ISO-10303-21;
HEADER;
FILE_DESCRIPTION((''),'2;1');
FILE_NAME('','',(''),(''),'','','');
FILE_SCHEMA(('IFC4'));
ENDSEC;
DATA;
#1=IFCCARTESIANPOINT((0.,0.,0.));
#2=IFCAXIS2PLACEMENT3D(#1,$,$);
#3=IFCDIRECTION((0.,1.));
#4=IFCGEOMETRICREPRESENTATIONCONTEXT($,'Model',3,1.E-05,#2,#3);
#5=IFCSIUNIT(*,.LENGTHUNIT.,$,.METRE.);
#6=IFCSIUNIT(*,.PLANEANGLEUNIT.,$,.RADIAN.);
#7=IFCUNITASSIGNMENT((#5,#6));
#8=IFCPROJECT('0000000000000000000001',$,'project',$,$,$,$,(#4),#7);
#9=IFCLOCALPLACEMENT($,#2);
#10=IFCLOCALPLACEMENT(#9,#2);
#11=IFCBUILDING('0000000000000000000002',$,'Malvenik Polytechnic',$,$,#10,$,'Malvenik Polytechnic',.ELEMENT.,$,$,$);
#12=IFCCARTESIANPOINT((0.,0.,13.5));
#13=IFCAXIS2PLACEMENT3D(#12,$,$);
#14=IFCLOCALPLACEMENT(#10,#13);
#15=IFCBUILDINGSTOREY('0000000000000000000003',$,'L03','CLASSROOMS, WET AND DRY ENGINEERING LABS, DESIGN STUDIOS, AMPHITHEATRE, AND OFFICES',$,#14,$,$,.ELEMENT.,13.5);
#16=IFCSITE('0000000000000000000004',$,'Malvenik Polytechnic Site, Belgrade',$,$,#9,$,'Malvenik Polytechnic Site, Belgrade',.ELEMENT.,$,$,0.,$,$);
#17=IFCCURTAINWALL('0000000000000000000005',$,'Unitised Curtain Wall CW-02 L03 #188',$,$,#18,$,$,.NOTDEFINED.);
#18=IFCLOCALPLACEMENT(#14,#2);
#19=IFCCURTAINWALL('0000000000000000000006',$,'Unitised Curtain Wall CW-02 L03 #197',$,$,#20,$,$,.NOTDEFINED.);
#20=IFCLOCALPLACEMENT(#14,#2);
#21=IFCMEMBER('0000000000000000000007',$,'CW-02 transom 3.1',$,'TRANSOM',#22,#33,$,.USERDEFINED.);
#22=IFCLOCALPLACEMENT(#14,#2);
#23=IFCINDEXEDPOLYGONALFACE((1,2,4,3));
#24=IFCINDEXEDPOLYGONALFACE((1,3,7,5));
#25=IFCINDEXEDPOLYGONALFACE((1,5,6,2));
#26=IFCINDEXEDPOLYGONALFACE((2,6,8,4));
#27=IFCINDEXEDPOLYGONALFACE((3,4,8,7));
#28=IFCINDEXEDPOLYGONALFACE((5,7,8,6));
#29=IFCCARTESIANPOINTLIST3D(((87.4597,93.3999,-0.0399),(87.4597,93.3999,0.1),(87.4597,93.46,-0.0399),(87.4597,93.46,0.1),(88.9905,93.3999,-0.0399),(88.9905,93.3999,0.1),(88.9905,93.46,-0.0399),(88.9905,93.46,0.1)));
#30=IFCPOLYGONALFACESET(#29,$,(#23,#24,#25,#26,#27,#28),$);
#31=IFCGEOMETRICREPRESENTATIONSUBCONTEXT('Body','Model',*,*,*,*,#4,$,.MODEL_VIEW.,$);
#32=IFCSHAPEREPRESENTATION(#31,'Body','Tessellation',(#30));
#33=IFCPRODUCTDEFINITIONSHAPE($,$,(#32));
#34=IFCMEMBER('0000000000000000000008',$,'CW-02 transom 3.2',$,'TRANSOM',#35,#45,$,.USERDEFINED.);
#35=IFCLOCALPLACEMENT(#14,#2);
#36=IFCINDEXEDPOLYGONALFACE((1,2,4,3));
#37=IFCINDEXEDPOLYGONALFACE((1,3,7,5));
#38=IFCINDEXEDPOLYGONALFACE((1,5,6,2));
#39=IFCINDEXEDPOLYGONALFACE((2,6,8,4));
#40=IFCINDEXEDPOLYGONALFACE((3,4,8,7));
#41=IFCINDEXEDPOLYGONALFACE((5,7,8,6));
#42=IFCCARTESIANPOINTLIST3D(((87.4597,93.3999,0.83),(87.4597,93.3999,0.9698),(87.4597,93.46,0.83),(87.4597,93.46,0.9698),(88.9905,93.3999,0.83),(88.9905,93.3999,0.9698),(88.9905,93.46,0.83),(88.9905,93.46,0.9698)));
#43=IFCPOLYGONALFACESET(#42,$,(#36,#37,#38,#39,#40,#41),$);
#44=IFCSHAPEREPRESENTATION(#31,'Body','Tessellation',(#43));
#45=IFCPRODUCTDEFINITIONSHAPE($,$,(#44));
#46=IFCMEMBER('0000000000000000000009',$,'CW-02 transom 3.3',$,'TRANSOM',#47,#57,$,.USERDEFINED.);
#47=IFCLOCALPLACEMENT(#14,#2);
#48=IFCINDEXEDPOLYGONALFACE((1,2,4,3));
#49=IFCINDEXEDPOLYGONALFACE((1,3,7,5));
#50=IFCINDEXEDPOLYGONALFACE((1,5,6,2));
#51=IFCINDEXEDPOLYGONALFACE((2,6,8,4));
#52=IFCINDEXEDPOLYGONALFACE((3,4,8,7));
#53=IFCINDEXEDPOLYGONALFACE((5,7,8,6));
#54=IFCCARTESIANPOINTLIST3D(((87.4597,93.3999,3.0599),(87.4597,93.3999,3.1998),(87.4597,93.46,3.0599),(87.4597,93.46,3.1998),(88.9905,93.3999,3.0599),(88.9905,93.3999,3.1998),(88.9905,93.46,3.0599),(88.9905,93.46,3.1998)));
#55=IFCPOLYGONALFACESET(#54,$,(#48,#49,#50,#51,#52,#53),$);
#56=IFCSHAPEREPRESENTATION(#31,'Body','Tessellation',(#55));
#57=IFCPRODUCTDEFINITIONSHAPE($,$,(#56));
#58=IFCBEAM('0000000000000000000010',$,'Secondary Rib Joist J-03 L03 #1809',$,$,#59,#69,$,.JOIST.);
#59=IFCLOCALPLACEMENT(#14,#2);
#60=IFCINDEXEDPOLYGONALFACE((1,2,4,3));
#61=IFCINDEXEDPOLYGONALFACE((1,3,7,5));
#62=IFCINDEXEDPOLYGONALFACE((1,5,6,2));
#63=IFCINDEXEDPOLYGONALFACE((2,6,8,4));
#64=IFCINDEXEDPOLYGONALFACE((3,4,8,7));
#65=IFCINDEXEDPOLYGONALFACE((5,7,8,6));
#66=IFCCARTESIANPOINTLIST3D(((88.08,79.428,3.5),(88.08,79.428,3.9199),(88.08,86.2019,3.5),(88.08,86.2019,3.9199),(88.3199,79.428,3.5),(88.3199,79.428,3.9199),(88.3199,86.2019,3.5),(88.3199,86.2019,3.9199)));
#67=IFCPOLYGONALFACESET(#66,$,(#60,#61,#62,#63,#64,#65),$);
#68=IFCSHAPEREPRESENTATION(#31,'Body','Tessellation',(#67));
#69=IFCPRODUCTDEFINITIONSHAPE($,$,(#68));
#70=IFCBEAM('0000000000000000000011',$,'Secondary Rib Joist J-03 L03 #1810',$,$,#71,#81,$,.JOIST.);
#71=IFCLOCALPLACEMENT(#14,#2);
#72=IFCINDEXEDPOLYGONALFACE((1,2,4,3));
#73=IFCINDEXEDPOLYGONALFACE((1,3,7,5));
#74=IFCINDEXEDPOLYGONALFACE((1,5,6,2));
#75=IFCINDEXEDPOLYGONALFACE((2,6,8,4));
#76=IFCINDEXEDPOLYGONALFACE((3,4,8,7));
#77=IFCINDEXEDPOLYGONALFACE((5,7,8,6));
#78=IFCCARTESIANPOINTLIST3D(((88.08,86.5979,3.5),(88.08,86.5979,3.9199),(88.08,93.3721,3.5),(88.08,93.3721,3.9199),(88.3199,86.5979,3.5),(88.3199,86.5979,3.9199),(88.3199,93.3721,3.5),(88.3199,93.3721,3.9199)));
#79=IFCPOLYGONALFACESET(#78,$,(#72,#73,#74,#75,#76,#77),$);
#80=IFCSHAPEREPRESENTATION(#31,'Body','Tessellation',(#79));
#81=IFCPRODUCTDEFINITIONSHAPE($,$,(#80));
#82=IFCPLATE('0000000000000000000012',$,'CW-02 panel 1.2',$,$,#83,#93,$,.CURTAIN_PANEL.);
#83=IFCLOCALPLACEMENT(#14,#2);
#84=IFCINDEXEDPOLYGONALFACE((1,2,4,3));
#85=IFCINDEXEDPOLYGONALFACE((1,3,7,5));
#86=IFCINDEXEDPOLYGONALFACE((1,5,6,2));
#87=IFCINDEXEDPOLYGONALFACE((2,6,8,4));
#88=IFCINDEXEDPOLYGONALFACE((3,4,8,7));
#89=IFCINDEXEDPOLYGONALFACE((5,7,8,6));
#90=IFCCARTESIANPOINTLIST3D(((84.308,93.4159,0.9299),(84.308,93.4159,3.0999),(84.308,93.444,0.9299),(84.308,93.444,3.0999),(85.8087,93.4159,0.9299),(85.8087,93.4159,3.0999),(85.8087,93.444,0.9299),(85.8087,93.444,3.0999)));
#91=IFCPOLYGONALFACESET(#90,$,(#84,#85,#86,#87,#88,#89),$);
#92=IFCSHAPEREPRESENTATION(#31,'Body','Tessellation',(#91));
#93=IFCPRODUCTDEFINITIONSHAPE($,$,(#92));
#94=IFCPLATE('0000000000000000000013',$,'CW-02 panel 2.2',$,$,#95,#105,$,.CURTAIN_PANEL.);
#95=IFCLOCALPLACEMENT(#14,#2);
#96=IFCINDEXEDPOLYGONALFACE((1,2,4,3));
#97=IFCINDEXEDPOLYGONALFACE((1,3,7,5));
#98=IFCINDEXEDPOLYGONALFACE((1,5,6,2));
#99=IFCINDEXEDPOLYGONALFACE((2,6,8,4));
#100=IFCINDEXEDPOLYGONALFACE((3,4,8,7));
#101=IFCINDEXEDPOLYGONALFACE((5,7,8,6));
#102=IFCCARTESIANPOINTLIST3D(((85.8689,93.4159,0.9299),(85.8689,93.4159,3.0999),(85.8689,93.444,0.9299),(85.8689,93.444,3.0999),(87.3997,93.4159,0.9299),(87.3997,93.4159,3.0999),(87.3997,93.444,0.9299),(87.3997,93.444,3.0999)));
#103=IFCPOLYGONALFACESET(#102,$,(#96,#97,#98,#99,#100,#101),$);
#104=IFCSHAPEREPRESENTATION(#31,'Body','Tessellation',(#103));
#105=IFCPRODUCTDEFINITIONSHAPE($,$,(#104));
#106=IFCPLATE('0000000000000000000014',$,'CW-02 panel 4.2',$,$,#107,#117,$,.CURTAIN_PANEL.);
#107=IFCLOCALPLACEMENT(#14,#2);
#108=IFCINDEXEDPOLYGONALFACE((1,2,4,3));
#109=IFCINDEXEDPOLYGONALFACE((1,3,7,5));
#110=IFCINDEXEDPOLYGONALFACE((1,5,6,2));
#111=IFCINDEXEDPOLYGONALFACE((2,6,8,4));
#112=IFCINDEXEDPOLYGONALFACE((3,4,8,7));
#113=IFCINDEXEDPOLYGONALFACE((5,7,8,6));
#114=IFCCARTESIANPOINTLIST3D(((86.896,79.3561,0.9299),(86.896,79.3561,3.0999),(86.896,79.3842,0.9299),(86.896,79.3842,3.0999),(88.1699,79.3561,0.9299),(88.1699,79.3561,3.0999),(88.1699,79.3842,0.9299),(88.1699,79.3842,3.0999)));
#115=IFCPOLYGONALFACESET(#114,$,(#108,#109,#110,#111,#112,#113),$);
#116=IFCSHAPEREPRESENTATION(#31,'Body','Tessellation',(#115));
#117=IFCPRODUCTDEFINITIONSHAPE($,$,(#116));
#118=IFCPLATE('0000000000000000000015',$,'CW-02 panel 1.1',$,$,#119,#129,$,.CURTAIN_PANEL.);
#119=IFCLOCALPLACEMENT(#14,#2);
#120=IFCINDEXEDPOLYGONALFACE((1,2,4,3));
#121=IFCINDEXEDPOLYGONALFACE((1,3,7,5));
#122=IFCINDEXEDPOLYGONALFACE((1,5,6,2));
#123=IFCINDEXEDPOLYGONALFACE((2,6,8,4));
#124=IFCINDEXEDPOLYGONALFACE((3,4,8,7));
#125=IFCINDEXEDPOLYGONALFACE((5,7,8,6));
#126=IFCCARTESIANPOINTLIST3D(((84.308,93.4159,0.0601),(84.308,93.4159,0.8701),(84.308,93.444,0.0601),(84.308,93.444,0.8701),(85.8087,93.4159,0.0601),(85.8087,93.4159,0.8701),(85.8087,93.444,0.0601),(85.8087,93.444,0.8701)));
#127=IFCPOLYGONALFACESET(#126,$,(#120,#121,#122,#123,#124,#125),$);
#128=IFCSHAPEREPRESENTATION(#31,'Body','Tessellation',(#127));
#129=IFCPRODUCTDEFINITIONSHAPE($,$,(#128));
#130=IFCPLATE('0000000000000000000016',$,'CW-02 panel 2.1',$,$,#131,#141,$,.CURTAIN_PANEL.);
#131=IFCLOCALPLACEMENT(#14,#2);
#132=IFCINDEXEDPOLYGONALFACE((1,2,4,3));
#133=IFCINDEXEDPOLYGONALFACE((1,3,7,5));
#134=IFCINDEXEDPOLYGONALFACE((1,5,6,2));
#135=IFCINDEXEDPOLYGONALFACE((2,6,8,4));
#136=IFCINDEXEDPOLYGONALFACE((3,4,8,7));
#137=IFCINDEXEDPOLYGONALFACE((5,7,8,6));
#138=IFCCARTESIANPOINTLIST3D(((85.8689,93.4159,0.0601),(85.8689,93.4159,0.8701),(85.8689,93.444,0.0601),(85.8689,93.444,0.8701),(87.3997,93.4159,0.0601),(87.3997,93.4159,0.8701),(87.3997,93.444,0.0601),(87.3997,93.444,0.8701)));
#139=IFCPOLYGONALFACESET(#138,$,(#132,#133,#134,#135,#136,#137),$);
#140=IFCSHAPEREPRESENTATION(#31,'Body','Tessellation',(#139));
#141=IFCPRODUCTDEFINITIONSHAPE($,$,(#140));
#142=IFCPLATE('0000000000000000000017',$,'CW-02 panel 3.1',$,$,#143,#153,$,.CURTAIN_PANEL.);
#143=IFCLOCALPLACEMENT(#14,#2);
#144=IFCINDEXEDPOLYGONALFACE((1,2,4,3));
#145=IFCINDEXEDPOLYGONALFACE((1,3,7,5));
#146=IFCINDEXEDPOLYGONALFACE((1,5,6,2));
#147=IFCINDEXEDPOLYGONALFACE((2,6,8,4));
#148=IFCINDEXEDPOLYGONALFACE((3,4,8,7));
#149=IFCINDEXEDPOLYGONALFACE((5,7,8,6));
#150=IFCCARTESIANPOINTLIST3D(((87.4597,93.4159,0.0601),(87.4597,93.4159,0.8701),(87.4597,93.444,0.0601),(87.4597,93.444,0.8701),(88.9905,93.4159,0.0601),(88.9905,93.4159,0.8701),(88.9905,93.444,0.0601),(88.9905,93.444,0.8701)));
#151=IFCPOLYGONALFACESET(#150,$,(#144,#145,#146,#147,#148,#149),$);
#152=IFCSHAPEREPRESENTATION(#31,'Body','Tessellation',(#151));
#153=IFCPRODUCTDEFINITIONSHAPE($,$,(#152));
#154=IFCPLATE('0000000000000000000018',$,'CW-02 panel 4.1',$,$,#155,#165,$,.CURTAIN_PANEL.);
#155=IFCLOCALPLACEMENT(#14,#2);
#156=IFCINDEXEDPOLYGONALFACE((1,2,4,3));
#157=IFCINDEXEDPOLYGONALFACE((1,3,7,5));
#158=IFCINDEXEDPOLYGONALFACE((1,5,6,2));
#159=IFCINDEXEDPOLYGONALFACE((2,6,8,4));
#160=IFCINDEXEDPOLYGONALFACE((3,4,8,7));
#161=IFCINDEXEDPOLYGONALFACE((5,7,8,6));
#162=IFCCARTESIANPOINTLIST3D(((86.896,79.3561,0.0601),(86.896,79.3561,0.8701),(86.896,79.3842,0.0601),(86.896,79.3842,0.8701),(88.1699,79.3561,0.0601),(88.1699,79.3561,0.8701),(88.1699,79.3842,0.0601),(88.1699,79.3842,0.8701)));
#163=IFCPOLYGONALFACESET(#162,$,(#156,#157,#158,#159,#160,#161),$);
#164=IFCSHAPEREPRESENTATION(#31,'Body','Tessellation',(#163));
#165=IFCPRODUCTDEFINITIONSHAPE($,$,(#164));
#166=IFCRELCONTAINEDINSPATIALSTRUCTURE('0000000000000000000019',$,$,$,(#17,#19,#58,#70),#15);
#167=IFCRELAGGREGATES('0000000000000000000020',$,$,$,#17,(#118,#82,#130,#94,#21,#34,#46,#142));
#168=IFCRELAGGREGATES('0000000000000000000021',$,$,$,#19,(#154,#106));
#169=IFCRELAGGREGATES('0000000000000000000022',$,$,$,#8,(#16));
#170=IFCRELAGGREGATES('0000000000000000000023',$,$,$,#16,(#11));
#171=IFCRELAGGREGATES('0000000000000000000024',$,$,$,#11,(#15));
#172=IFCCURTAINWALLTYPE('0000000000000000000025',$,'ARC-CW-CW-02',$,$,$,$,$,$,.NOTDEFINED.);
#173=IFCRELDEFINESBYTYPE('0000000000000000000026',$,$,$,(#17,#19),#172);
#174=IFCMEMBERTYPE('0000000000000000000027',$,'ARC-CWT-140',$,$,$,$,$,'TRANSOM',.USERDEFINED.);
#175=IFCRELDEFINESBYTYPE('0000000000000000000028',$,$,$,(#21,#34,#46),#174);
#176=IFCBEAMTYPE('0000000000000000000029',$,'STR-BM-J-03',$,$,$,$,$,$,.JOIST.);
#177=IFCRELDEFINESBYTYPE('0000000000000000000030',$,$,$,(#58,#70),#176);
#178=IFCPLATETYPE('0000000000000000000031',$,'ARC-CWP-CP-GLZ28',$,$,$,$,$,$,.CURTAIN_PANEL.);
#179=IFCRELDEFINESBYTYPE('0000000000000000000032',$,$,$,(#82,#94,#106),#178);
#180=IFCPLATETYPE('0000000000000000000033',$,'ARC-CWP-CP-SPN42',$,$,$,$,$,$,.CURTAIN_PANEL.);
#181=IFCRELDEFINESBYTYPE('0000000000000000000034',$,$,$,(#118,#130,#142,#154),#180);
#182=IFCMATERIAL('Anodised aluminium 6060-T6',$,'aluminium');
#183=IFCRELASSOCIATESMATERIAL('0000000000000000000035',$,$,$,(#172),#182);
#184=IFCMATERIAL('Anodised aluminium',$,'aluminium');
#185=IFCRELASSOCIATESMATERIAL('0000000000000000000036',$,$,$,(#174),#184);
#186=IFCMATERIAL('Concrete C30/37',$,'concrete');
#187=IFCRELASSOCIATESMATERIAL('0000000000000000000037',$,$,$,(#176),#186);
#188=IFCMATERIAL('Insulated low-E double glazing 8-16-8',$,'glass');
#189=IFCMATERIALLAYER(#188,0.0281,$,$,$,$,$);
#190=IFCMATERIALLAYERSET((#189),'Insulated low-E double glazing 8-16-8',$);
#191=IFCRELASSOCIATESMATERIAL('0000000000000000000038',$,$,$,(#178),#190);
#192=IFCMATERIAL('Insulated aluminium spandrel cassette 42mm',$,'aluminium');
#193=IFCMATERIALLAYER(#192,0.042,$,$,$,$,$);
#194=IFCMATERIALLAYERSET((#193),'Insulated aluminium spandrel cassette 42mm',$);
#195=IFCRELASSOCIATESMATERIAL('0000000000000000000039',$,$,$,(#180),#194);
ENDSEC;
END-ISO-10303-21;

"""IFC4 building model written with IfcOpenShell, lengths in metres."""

from ifc_helpers import new_model, si_unit, direction, frame, origin, origin_2d, place, context, subcontext, project, spatial, rectangle, extrude, material, layer, layer_set, material_profile, profile_set, type_object, element, aggregate, save


model = new_model("IFC4")

# Units and contexts
model_context = context("Model", 3, precision=1e-05, world=origin(), true_north=direction((0.0, 1.0)))
body_context = subcontext(model_context, "Body", "Model", "MODEL_VIEW")
ifc_project = project(units=[si_unit("LENGTHUNIT", "METRE"), si_unit("PLANEANGLEUNIT", "RADIAN")], contexts=[model_context])

# Site, building, storey
site_placement = place(None, origin())
site = spatial("IfcSite", under=ifc_project, at=site_placement, Name="Malvenik Polytechnic Site, Belgrade", LongName="Malvenik Polytechnic Site, Belgrade", CompositionType="ELEMENT", RefElevation=0.0)
building_placement = place(site_placement, origin())
building = spatial("IfcBuilding", under=site, at=building_placement, Name="Malvenik Polytechnic", LongName="Malvenik Polytechnic", CompositionType="ELEMENT")
storey_placement = place(building_placement, frame((0.0, 0.0, 13.5)))
storey = spatial("IfcBuildingStorey", under=building, at=storey_placement, Name="L03", Description="CLASSROOMS, WET AND DRY ENGINEERING LABS, DESIGN STUDIOS, AMPHITHEATRE, AND OFFICES", CompositionType="ELEMENT", Elevation=13.5)

# Curtain walls
ifc_material_1 = material(Name="Anodised aluminium 6060-T6", Category="aluminium")
curtain_wall_type = type_object("IfcCurtainWallType", Name="ARC-CW-CW-02", PredefinedType="NOTDEFINED", material=ifc_material_1)
curtain_wall_1_placement = place(storey_placement, origin())
curtain_wall_1 = element("IfcCurtainWall", 1, at=curtain_wall_1_placement, inside=storey, type_object=curtain_wall_type, Name="Unitised Curtain Wall CW-02 L03 #188", PredefinedType="NOTDEFINED")
ifc_material_2 = material(Name="Anodised aluminium", Category="aluminium")
curtain_wall_2_placement = place(storey_placement, origin())
curtain_wall_2 = element("IfcCurtainWall", 2, at=curtain_wall_2_placement, inside=storey, type_object=curtain_wall_type, Name="Unitised Curtain Wall CW-02 L03 #197", PredefinedType="NOTDEFINED")

# Members
ifc_material_profile_1 = material_profile(ifc_material_2, rectangle(XDim=0.0601, YDim=0.1399, at=origin_2d()), Name="ALU TRANSOM 60x140")
ifc_profile_set_1 = profile_set([ifc_material_profile_1], Name="Anodised aluminium")
member_type_1 = type_object("IfcMemberType", Name="ARC-CWT-140", ElementType="TRANSOM", PredefinedType="USERDEFINED", material=ifc_profile_set_1)
member_1_placement = place(storey_placement, frame((87.4597, 93.4299, 0.03), z_axis=(1.0, 0.0, 0.0), x_axis=(0.0, 1.0, 0.0)))
member_1 = element("IfcMember", 3, at=member_1_placement, type_object=member_type_1, Name="CW-02 transom 3.1", ObjectType="TRANSOM", PredefinedType="USERDEFINED", context=body_context, shape_type="SweptSolid", body=[
    extrude(rectangle(XDim=0.0601, YDim=0.1399, at=origin_2d()), origin(), (0.0, 0.0, 1.0), 1.5308),
])
member_2_placement = place(storey_placement, frame((87.4597, 93.4299, 0.8999), z_axis=(1.0, 0.0, 0.0), x_axis=(0.0, 1.0, 0.0)))
member_2 = element("IfcMember", 4, at=member_2_placement, type_object=member_type_1, Name="CW-02 transom 3.2", ObjectType="TRANSOM", PredefinedType="USERDEFINED", context=body_context, shape_type="SweptSolid", body=[
    extrude(rectangle(XDim=0.0601, YDim=0.1399, at=origin_2d()), origin(), (0.0, 0.0, 1.0), 1.5308),
])
member_3_placement = place(storey_placement, frame((87.4597, 93.4299, 3.1299), z_axis=(1.0, 0.0, 0.0), x_axis=(0.0, 1.0, 0.0)))
member_3 = element("IfcMember", 5, at=member_3_placement, type_object=member_type_1, Name="CW-02 transom 3.3", ObjectType="TRANSOM", PredefinedType="USERDEFINED", context=body_context, shape_type="SweptSolid", body=[
    extrude(rectangle(XDim=0.0601, YDim=0.1399, at=origin_2d()), origin(), (0.0, 0.0, 1.0), 1.5308),
])

# Beams
ifc_material_3 = material(Name="Concrete C30/37", Category="concrete")
ifc_material_profile_2 = material_profile(ifc_material_3, rectangle(XDim=0.24, YDim=0.4199, at=origin_2d()), Name="RC JST 240x420")
ifc_profile_set_2 = profile_set([ifc_material_profile_2], Name="Concrete C30/37")
beam_type = type_object("IfcBeamType", Name="STR-BM-J-03", PredefinedType="JOIST", material=ifc_profile_set_2)
beam_1_placement = place(storey_placement, frame((88.2, 79.428, 3.71), z_axis=(0.0, 1.0, 0.0), x_axis=(-1.0, 0.0, 0.0)))
element("IfcBeam", 6, at=beam_1_placement, inside=storey, type_object=beam_type, Name="Secondary Rib Joist J-03 L03 #1809", PredefinedType="JOIST", context=body_context, shape_type="SweptSolid", body=[
    extrude(rectangle(XDim=0.24, YDim=0.4199, at=origin_2d()), origin(), (0.0, 0.0, 1.0), 6.7739),
])
beam_2_placement = place(storey_placement, frame((88.2, 86.5979, 3.71), z_axis=(0.0, 1.0, 0.0), x_axis=(-1.0, 0.0, 0.0)))
element("IfcBeam", 7, at=beam_2_placement, inside=storey, type_object=beam_type, Name="Secondary Rib Joist J-03 L03 #1810", PredefinedType="JOIST", context=body_context, shape_type="SweptSolid", body=[
    extrude(rectangle(XDim=0.24, YDim=0.4199, at=origin_2d()), origin(), (0.0, 0.0, 1.0), 6.7742),
])

# Plates
ifc_material_4 = material(Name="Insulated low-E double glazing 8-16-8", Category="glass")
ifc_layer_1 = layer(ifc_material_4, 0.0281)
ifc_layer_set_1 = layer_set([ifc_layer_1], Name="Insulated low-E double glazing 8-16-8")
plate_type_1 = type_object("IfcPlateType", Name="ARC-CWP-CP-GLZ28", PredefinedType="CURTAIN_PANEL", material=ifc_layer_set_1)
plate_1_placement = place(storey_placement, frame((85.0583, 93.4299, 0.9299), z_axis=(0.0, 0.0, 1.0), x_axis=(1.0, 0.0, 0.0)))
plate_1 = element("IfcPlate", 8, at=plate_1_placement, type_object=plate_type_1, Name="CW-02 panel 1.2", PredefinedType="CURTAIN_PANEL", context=body_context, shape_type="SweptSolid", body=[
    extrude(rectangle(XDim=1.5007, YDim=0.0281, at=origin_2d()), origin(), (0.0, 0.0, 1.0), 2.1699),
])
plate_2_placement = place(storey_placement, frame((86.6343, 93.4299, 0.9299), z_axis=(0.0, 0.0, 1.0), x_axis=(1.0, 0.0, 0.0)))
plate_2 = element("IfcPlate", 9, at=plate_2_placement, type_object=plate_type_1, Name="CW-02 panel 2.2", PredefinedType="CURTAIN_PANEL", context=body_context, shape_type="SweptSolid", body=[
    extrude(rectangle(XDim=1.5308, YDim=0.0281, at=origin_2d()), origin(), (0.0, 0.0, 1.0), 2.1699),
])
plate_3_placement = place(storey_placement, frame((87.533, 79.3701, 0.9299), z_axis=(0.0, 0.0, 1.0), x_axis=(-1.0, 0.0, 0.0)))
plate_3 = element("IfcPlate", 10, at=plate_3_placement, type_object=plate_type_1, Name="CW-02 panel 4.2", PredefinedType="CURTAIN_PANEL", context=body_context, shape_type="SweptSolid", body=[
    extrude(rectangle(XDim=1.2739, YDim=0.0281, at=origin_2d()), origin(), (0.0, 0.0, 1.0), 2.1699),
])
ifc_material_5 = material(Name="Insulated aluminium spandrel cassette 42mm", Category="aluminium")
ifc_layer_2 = layer(ifc_material_5, 0.042)
ifc_layer_set_2 = layer_set([ifc_layer_2], Name="Insulated aluminium spandrel cassette 42mm")
plate_type_2 = type_object("IfcPlateType", Name="ARC-CWP-CP-SPN42", PredefinedType="CURTAIN_PANEL", material=ifc_layer_set_2)
plate_4_placement = place(storey_placement, frame((85.0583, 93.4299, 0.0601), z_axis=(0.0, 0.0, 1.0), x_axis=(1.0, 0.0, 0.0)))
plate_4 = element("IfcPlate", 11, at=plate_4_placement, type_object=plate_type_2, Name="CW-02 panel 1.1", PredefinedType="CURTAIN_PANEL", context=body_context, shape_type="SweptSolid", body=[
    extrude(rectangle(XDim=1.5007, YDim=0.0281, at=origin_2d()), origin(), (0.0, 0.0, 1.0), 0.8101),
])
plate_5_placement = place(storey_placement, frame((86.6343, 93.4299, 0.0601), z_axis=(0.0, 0.0, 1.0), x_axis=(1.0, 0.0, 0.0)))
plate_5 = element("IfcPlate", 12, at=plate_5_placement, type_object=plate_type_2, Name="CW-02 panel 2.1", PredefinedType="CURTAIN_PANEL", context=body_context, shape_type="SweptSolid", body=[
    extrude(rectangle(XDim=1.5308, YDim=0.0281, at=origin_2d()), origin(), (0.0, 0.0, 1.0), 0.8101),
])
plate_6_placement = place(storey_placement, frame((88.2251, 93.4299, 0.0601), z_axis=(0.0, 0.0, 1.0), x_axis=(1.0, 0.0, 0.0)))
plate_6 = element("IfcPlate", 13, at=plate_6_placement, type_object=plate_type_2, Name="CW-02 panel 3.1", PredefinedType="CURTAIN_PANEL", context=body_context, shape_type="SweptSolid", body=[
    extrude(rectangle(XDim=1.5308, YDim=0.0281, at=origin_2d()), origin(), (0.0, 0.0, 1.0), 0.8101),
])
aggregate(curtain_wall_1, [plate_4, plate_1, plate_5, plate_2, member_1, member_2, member_3, plate_6])
plate_7_placement = place(storey_placement, frame((87.533, 79.3701, 0.0601), z_axis=(0.0, 0.0, 1.0), x_axis=(-1.0, 0.0, 0.0)))
plate_7 = element("IfcPlate", 14, at=plate_7_placement, type_object=plate_type_2, Name="CW-02 panel 4.1", PredefinedType="CURTAIN_PANEL", context=body_context, shape_type="SweptSolid", body=[
    extrude(rectangle(XDim=1.2739, YDim=0.0281, at=origin_2d()), origin(), (0.0, 0.0, 1.0), 0.8101),
])
aggregate(curtain_wall_2, [plate_7, plate_3])

save(model, "model.ifc")
